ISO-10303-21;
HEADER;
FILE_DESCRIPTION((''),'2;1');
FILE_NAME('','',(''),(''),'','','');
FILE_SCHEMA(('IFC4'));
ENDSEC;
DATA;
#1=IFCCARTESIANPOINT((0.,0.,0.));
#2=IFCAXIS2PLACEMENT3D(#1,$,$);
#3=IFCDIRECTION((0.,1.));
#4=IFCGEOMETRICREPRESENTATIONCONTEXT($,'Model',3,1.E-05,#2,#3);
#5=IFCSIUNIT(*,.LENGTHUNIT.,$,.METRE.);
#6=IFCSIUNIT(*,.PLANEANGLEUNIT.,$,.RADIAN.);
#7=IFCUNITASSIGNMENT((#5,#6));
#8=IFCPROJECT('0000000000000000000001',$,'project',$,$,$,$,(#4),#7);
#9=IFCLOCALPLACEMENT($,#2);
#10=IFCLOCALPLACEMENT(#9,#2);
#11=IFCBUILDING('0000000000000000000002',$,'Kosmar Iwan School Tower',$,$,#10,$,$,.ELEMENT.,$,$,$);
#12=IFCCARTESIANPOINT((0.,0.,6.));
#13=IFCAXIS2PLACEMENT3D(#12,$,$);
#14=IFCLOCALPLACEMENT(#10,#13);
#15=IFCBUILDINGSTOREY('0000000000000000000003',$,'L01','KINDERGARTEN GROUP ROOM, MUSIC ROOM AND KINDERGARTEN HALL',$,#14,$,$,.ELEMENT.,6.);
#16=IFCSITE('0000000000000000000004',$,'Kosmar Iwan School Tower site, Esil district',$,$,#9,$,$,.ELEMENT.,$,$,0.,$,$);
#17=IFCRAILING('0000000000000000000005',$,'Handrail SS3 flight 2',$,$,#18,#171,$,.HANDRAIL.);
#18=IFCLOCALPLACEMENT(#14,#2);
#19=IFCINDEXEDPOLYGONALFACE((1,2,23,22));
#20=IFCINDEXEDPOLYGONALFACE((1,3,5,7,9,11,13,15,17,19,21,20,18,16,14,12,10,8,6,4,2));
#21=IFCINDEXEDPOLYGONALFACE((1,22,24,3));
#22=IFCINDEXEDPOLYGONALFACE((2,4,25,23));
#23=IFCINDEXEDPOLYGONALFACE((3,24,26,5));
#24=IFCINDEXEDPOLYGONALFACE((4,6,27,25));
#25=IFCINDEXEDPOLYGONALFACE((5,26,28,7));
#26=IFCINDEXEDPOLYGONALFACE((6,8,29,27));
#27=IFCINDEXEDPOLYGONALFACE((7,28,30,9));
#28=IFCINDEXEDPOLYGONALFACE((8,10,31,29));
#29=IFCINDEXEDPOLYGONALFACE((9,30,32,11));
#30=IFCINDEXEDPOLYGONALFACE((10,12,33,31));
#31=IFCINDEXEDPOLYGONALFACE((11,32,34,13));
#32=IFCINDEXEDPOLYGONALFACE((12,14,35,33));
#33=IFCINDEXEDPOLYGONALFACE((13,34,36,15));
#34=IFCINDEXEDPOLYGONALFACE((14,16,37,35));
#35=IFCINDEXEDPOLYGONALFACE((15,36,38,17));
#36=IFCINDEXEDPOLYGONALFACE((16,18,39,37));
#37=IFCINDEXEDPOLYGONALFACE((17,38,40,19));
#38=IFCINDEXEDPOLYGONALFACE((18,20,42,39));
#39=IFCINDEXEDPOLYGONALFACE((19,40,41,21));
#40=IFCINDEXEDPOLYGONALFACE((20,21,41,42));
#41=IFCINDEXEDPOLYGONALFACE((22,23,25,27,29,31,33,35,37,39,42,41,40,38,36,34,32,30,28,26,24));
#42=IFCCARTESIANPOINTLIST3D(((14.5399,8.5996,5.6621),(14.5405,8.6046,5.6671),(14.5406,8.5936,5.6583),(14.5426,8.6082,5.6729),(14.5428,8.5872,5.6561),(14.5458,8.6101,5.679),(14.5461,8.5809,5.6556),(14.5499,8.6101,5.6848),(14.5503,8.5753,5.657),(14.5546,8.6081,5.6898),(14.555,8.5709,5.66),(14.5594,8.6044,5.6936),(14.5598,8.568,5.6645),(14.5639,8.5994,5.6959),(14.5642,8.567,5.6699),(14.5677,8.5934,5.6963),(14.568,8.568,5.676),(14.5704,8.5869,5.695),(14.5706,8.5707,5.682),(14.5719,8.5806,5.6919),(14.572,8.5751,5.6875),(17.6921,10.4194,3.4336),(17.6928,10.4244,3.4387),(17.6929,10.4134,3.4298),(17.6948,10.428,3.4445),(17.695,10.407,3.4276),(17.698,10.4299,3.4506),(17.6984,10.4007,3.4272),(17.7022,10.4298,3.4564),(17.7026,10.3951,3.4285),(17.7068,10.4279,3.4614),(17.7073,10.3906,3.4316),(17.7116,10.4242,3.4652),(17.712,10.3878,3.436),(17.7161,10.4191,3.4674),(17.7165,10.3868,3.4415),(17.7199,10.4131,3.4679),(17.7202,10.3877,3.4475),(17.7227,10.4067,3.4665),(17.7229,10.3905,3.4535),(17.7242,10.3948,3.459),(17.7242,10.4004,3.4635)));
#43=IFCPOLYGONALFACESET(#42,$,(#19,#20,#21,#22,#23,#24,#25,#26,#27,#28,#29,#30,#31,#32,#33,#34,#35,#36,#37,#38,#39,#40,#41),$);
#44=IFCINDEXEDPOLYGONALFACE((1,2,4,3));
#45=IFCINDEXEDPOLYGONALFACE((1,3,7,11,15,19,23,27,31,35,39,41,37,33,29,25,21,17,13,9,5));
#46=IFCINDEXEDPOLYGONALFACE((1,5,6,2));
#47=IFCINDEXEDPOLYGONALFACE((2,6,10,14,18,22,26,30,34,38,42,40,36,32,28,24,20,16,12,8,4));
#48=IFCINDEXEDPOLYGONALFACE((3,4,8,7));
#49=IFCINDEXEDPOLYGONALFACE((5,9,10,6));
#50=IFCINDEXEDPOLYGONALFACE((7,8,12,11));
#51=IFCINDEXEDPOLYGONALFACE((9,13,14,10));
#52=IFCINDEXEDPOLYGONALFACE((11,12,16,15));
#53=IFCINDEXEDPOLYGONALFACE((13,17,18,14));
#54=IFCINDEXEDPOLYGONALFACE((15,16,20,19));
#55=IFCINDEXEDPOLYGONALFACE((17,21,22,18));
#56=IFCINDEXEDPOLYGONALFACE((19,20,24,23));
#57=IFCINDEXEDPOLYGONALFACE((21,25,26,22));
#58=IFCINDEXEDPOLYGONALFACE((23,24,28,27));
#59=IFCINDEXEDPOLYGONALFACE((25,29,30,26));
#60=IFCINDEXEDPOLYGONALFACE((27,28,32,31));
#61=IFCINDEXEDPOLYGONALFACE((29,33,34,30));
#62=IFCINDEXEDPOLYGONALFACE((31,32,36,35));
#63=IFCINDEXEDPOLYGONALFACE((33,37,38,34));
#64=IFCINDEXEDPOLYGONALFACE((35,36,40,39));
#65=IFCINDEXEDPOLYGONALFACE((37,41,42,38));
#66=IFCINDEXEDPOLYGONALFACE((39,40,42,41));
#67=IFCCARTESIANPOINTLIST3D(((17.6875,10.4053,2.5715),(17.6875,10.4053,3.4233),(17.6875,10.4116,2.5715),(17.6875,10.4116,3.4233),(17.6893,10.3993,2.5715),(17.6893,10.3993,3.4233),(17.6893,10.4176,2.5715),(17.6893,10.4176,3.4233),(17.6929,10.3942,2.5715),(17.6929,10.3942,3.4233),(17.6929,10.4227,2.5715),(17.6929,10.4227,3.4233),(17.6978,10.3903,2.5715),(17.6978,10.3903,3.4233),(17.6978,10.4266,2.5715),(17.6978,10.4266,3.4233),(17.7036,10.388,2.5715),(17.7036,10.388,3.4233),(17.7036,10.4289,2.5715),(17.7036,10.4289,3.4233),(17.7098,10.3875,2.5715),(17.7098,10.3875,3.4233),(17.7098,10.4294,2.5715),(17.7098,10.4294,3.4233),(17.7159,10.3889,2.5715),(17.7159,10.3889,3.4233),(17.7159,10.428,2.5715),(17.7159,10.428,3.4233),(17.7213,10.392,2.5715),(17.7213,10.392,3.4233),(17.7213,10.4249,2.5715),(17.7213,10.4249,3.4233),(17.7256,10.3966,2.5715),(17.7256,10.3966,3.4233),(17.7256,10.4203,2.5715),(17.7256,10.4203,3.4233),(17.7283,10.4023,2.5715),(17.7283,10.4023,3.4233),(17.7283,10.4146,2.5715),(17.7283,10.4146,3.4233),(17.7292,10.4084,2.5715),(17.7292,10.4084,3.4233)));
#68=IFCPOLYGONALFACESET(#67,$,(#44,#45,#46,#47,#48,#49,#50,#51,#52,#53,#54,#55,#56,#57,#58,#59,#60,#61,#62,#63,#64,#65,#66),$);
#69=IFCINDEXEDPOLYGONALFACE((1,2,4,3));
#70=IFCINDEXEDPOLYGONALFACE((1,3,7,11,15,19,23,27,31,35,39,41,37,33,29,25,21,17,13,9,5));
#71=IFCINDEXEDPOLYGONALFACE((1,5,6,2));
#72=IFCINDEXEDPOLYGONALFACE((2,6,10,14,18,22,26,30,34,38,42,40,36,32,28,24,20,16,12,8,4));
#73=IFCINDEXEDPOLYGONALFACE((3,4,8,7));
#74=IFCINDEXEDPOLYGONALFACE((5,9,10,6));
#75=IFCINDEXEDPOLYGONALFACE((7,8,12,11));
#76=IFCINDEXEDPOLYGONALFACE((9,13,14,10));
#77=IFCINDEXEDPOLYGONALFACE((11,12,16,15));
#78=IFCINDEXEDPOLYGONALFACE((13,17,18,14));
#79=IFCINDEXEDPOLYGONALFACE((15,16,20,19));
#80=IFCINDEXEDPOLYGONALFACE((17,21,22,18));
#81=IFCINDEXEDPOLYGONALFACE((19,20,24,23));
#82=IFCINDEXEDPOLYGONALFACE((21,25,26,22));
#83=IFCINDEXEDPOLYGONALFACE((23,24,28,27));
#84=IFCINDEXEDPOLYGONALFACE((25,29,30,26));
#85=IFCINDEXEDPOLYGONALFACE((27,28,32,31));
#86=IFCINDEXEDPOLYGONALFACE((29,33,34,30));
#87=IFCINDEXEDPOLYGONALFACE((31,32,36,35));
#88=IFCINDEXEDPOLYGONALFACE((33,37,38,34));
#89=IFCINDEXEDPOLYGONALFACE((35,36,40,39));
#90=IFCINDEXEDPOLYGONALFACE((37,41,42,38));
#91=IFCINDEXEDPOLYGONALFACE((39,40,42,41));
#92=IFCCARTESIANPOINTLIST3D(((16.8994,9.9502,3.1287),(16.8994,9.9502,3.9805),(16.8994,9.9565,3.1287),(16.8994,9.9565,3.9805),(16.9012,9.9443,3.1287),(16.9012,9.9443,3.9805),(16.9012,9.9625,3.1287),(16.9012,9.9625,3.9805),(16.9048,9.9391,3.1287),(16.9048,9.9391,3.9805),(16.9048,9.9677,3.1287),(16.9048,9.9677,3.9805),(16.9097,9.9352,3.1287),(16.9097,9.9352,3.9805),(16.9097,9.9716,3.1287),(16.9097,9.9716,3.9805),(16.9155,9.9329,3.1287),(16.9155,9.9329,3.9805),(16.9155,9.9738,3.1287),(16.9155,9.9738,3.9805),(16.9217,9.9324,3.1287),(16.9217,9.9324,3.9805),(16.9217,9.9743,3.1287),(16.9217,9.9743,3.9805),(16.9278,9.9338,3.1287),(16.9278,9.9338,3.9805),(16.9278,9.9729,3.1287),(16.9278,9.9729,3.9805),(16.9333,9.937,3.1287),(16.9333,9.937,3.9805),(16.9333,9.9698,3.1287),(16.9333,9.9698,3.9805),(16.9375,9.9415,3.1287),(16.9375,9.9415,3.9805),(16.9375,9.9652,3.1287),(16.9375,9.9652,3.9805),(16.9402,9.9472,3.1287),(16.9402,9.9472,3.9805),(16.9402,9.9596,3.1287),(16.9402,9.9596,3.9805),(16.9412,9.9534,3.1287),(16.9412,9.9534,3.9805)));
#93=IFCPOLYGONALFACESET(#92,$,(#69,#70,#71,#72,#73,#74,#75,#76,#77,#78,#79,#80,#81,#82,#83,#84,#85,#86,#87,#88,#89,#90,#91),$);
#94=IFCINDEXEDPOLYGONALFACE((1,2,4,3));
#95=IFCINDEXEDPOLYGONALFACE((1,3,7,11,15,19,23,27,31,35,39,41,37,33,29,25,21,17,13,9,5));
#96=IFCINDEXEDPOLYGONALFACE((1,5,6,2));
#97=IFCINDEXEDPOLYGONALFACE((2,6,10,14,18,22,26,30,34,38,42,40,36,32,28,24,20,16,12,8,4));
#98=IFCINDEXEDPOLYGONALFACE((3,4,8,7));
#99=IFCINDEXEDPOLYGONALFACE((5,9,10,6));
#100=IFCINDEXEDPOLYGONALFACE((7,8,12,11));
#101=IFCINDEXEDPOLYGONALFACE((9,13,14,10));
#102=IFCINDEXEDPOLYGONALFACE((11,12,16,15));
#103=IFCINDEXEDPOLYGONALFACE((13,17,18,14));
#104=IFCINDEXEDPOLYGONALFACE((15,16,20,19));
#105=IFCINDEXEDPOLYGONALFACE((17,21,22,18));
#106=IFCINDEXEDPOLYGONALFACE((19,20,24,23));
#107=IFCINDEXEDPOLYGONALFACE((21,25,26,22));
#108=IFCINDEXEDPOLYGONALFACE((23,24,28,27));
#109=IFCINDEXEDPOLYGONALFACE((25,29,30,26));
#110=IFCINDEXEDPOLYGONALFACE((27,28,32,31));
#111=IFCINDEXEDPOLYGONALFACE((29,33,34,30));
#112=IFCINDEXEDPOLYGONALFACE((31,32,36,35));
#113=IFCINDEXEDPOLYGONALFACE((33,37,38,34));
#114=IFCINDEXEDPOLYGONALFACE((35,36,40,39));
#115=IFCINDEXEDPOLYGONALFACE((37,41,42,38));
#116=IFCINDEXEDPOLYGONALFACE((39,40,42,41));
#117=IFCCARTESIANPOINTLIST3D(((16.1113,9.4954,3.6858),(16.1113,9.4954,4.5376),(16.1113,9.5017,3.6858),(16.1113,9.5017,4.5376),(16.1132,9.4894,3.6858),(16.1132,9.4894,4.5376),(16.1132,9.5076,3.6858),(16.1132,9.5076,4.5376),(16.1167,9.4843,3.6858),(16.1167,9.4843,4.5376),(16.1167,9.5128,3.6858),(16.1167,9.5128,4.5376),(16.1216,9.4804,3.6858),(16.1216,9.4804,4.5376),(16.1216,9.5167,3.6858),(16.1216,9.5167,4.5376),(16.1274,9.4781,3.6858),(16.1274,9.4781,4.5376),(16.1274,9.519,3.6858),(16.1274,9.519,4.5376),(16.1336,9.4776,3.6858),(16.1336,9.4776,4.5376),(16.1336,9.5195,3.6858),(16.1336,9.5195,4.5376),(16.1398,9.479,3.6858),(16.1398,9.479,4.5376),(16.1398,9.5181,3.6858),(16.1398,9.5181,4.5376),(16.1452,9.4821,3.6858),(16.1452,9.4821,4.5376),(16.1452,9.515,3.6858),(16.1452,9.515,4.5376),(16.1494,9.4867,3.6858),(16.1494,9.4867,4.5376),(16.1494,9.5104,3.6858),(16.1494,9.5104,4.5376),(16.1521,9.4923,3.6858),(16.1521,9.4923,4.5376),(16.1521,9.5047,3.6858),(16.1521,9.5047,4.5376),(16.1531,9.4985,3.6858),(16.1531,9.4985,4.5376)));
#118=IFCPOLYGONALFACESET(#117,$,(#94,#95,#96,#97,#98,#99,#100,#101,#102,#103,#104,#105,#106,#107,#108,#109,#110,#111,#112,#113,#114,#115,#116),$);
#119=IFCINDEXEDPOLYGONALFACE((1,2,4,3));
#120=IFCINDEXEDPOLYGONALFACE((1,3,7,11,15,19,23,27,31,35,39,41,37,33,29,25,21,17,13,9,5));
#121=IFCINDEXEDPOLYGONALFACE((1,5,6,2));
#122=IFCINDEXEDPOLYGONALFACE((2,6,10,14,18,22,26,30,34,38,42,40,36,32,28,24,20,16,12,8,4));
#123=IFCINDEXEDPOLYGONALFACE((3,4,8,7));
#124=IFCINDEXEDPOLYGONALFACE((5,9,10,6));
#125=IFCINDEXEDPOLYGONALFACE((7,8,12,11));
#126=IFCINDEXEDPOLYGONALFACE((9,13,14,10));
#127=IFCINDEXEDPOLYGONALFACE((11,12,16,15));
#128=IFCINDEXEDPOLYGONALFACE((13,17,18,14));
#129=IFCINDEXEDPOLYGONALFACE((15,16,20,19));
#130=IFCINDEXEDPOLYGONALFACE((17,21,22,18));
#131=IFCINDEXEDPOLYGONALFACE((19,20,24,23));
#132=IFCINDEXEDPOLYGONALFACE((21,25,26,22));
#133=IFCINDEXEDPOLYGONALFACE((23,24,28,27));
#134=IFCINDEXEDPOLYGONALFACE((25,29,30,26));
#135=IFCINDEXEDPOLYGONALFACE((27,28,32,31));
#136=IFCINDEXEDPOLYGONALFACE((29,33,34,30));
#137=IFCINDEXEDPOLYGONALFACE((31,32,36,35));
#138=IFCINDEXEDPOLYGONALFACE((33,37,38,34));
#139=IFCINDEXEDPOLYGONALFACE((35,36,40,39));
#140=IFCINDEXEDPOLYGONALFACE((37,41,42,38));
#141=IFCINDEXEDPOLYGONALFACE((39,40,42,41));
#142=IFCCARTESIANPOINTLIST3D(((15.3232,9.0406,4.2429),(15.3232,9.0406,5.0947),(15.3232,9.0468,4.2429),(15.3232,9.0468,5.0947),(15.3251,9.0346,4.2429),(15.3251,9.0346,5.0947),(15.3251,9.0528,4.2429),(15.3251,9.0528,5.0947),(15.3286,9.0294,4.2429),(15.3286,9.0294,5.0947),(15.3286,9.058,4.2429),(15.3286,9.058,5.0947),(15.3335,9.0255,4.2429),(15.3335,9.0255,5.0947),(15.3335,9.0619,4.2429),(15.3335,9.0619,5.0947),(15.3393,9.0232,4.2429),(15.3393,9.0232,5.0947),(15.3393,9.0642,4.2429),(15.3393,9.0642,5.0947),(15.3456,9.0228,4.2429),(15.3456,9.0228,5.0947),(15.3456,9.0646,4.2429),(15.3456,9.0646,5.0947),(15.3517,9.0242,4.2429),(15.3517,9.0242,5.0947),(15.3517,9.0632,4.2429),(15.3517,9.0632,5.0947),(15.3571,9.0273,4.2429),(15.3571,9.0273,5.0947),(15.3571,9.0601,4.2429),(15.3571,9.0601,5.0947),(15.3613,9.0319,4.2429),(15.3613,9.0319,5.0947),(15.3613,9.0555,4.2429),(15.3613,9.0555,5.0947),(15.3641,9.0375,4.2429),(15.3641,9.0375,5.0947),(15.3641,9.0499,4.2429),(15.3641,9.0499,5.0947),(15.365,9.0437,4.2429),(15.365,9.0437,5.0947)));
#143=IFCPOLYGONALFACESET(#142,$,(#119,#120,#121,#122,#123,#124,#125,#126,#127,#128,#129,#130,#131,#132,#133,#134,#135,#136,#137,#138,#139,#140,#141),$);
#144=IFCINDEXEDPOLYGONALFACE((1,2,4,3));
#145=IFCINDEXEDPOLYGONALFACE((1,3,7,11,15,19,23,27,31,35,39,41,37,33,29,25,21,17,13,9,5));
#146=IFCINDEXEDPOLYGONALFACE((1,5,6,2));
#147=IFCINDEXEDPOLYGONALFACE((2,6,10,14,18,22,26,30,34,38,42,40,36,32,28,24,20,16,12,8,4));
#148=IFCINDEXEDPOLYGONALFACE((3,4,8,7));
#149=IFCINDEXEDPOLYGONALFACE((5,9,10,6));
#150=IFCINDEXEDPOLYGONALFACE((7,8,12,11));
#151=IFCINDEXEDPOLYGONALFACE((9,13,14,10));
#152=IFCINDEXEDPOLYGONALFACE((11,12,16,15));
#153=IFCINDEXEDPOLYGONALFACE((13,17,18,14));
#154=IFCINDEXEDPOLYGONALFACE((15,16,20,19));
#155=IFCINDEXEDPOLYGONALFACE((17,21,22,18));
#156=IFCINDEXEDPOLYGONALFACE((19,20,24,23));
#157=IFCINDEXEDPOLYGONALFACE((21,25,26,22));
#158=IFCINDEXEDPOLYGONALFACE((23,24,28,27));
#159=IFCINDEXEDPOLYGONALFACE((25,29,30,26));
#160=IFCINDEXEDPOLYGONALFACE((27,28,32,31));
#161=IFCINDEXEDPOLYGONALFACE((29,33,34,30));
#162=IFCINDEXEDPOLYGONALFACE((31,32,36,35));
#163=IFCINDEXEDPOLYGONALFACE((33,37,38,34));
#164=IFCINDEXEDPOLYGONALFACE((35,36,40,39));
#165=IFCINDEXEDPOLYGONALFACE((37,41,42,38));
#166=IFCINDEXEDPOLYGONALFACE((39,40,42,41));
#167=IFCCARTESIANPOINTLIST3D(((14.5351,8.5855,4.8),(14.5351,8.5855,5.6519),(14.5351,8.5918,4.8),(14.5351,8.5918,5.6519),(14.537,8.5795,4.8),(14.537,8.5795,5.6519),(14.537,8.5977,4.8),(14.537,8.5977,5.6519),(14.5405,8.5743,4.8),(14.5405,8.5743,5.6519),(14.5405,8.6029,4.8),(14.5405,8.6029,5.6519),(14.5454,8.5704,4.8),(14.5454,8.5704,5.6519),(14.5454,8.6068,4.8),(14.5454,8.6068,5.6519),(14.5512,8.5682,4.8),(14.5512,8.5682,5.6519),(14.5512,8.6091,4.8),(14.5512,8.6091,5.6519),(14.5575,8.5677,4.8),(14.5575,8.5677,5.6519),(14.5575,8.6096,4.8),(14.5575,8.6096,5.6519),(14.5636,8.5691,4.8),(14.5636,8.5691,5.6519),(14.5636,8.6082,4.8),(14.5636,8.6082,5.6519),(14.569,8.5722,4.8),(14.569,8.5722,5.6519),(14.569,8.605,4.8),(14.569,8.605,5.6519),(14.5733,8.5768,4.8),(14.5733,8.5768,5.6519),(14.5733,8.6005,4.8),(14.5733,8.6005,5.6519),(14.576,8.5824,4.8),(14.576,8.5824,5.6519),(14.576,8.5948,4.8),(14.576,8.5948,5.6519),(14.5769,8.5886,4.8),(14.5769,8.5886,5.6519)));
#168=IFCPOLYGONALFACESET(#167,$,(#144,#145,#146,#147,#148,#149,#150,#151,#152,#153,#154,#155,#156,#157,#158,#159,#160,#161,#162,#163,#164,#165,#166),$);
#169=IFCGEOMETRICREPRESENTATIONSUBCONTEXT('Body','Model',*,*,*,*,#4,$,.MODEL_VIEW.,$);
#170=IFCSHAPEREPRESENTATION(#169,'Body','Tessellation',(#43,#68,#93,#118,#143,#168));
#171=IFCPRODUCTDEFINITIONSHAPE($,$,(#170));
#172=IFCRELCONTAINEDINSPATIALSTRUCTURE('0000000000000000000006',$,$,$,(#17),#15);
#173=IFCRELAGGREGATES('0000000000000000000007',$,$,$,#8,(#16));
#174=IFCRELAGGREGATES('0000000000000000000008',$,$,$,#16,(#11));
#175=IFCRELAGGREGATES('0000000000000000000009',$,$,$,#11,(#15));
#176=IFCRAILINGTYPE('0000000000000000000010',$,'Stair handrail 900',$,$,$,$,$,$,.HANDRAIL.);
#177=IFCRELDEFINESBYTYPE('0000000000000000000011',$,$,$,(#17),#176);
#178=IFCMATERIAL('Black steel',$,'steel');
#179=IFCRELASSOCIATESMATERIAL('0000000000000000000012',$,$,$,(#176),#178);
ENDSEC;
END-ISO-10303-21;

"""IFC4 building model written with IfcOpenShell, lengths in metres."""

from ifc_helpers import new_model, si_unit, direction, frame, origin, origin_2d, place, context, subcontext, project, spatial, circle, extrude, material, type_object, element, save


model = new_model("IFC4")

# Units and contexts
model_context = context("Model", 3, precision=1e-05, world=origin(), true_north=direction((0.0, 1.0)))
body_context = subcontext(model_context, "Body", "Model", "MODEL_VIEW")
ifc_project = project(units=[si_unit("LENGTHUNIT", "METRE"), si_unit("PLANEANGLEUNIT", "RADIAN")], contexts=[model_context])

# Site, building, storey
site_placement = place(None, origin())
site = spatial("IfcSite", under=ifc_project, at=site_placement, Name="Kosmar Iwan School Tower site, Esil district", CompositionType="ELEMENT", RefElevation=0.0)
building_placement = place(site_placement, origin())
building = spatial("IfcBuilding", under=site, at=building_placement, Name="Kosmar Iwan School Tower", CompositionType="ELEMENT")
storey_placement = place(building_placement, frame((0.0, 0.0, 6.0)))
storey = spatial("IfcBuildingStorey", under=building, at=storey_placement, Name="L01", Description="KINDERGARTEN GROUP ROOM, MUSIC ROOM AND KINDERGARTEN HALL", CompositionType="ELEMENT", Elevation=6.0)

# Railing
ifc_material_1 = material(Name="Black steel", Category="steel")
railing_type = type_object("IfcRailingType", Name="Stair handrail 900", PredefinedType="HANDRAIL", material=ifc_material_1)
railing_1_placement = place(storey_placement, frame((17.7083, 10.4084, 2.5715)))
element("IfcRailing", 1, at=railing_1_placement, inside=storey, type_object=railing_type, Name="Handrail SS3 flight 2", PredefinedType="HANDRAIL", context=body_context, shape_type="SweptSolid", body=[
    extrude(circle(Radius=0.0239, at=origin_2d()), frame((0.0, 0.0, 0.876), z_axis=(-0.73861, -0.426394, 0.522153), x_axis=(0.499962, -0.866047, 0.0)), (0.0, 0.0, 1.0), 4.2678),
    extrude(circle(Radius=0.021, at=origin_2d()), origin(), (0.0, 0.0, 1.0), 0.8518),
    extrude(circle(Radius=0.021, at=origin_2d()), frame((-0.7881, -0.4551, 0.5571)), (0.0, 0.0, 1.0), 0.8518),
    extrude(circle(Radius=0.021, at=origin_2d()), frame((-1.5762, -0.9099, 1.1143)), (0.0, 0.0, 1.0), 0.8518),
    extrude(circle(Radius=0.021, at=origin_2d()), frame((-2.3643, -1.3647, 1.6714)), (0.0, 0.0, 1.0), 0.8518),
    extrude(circle(Radius=0.021, at=origin_2d()), frame((-3.1523, -1.8198, 2.2285)), (0.0, 0.0, 1.0), 0.8518),
])

save(model, "model.ifc")
